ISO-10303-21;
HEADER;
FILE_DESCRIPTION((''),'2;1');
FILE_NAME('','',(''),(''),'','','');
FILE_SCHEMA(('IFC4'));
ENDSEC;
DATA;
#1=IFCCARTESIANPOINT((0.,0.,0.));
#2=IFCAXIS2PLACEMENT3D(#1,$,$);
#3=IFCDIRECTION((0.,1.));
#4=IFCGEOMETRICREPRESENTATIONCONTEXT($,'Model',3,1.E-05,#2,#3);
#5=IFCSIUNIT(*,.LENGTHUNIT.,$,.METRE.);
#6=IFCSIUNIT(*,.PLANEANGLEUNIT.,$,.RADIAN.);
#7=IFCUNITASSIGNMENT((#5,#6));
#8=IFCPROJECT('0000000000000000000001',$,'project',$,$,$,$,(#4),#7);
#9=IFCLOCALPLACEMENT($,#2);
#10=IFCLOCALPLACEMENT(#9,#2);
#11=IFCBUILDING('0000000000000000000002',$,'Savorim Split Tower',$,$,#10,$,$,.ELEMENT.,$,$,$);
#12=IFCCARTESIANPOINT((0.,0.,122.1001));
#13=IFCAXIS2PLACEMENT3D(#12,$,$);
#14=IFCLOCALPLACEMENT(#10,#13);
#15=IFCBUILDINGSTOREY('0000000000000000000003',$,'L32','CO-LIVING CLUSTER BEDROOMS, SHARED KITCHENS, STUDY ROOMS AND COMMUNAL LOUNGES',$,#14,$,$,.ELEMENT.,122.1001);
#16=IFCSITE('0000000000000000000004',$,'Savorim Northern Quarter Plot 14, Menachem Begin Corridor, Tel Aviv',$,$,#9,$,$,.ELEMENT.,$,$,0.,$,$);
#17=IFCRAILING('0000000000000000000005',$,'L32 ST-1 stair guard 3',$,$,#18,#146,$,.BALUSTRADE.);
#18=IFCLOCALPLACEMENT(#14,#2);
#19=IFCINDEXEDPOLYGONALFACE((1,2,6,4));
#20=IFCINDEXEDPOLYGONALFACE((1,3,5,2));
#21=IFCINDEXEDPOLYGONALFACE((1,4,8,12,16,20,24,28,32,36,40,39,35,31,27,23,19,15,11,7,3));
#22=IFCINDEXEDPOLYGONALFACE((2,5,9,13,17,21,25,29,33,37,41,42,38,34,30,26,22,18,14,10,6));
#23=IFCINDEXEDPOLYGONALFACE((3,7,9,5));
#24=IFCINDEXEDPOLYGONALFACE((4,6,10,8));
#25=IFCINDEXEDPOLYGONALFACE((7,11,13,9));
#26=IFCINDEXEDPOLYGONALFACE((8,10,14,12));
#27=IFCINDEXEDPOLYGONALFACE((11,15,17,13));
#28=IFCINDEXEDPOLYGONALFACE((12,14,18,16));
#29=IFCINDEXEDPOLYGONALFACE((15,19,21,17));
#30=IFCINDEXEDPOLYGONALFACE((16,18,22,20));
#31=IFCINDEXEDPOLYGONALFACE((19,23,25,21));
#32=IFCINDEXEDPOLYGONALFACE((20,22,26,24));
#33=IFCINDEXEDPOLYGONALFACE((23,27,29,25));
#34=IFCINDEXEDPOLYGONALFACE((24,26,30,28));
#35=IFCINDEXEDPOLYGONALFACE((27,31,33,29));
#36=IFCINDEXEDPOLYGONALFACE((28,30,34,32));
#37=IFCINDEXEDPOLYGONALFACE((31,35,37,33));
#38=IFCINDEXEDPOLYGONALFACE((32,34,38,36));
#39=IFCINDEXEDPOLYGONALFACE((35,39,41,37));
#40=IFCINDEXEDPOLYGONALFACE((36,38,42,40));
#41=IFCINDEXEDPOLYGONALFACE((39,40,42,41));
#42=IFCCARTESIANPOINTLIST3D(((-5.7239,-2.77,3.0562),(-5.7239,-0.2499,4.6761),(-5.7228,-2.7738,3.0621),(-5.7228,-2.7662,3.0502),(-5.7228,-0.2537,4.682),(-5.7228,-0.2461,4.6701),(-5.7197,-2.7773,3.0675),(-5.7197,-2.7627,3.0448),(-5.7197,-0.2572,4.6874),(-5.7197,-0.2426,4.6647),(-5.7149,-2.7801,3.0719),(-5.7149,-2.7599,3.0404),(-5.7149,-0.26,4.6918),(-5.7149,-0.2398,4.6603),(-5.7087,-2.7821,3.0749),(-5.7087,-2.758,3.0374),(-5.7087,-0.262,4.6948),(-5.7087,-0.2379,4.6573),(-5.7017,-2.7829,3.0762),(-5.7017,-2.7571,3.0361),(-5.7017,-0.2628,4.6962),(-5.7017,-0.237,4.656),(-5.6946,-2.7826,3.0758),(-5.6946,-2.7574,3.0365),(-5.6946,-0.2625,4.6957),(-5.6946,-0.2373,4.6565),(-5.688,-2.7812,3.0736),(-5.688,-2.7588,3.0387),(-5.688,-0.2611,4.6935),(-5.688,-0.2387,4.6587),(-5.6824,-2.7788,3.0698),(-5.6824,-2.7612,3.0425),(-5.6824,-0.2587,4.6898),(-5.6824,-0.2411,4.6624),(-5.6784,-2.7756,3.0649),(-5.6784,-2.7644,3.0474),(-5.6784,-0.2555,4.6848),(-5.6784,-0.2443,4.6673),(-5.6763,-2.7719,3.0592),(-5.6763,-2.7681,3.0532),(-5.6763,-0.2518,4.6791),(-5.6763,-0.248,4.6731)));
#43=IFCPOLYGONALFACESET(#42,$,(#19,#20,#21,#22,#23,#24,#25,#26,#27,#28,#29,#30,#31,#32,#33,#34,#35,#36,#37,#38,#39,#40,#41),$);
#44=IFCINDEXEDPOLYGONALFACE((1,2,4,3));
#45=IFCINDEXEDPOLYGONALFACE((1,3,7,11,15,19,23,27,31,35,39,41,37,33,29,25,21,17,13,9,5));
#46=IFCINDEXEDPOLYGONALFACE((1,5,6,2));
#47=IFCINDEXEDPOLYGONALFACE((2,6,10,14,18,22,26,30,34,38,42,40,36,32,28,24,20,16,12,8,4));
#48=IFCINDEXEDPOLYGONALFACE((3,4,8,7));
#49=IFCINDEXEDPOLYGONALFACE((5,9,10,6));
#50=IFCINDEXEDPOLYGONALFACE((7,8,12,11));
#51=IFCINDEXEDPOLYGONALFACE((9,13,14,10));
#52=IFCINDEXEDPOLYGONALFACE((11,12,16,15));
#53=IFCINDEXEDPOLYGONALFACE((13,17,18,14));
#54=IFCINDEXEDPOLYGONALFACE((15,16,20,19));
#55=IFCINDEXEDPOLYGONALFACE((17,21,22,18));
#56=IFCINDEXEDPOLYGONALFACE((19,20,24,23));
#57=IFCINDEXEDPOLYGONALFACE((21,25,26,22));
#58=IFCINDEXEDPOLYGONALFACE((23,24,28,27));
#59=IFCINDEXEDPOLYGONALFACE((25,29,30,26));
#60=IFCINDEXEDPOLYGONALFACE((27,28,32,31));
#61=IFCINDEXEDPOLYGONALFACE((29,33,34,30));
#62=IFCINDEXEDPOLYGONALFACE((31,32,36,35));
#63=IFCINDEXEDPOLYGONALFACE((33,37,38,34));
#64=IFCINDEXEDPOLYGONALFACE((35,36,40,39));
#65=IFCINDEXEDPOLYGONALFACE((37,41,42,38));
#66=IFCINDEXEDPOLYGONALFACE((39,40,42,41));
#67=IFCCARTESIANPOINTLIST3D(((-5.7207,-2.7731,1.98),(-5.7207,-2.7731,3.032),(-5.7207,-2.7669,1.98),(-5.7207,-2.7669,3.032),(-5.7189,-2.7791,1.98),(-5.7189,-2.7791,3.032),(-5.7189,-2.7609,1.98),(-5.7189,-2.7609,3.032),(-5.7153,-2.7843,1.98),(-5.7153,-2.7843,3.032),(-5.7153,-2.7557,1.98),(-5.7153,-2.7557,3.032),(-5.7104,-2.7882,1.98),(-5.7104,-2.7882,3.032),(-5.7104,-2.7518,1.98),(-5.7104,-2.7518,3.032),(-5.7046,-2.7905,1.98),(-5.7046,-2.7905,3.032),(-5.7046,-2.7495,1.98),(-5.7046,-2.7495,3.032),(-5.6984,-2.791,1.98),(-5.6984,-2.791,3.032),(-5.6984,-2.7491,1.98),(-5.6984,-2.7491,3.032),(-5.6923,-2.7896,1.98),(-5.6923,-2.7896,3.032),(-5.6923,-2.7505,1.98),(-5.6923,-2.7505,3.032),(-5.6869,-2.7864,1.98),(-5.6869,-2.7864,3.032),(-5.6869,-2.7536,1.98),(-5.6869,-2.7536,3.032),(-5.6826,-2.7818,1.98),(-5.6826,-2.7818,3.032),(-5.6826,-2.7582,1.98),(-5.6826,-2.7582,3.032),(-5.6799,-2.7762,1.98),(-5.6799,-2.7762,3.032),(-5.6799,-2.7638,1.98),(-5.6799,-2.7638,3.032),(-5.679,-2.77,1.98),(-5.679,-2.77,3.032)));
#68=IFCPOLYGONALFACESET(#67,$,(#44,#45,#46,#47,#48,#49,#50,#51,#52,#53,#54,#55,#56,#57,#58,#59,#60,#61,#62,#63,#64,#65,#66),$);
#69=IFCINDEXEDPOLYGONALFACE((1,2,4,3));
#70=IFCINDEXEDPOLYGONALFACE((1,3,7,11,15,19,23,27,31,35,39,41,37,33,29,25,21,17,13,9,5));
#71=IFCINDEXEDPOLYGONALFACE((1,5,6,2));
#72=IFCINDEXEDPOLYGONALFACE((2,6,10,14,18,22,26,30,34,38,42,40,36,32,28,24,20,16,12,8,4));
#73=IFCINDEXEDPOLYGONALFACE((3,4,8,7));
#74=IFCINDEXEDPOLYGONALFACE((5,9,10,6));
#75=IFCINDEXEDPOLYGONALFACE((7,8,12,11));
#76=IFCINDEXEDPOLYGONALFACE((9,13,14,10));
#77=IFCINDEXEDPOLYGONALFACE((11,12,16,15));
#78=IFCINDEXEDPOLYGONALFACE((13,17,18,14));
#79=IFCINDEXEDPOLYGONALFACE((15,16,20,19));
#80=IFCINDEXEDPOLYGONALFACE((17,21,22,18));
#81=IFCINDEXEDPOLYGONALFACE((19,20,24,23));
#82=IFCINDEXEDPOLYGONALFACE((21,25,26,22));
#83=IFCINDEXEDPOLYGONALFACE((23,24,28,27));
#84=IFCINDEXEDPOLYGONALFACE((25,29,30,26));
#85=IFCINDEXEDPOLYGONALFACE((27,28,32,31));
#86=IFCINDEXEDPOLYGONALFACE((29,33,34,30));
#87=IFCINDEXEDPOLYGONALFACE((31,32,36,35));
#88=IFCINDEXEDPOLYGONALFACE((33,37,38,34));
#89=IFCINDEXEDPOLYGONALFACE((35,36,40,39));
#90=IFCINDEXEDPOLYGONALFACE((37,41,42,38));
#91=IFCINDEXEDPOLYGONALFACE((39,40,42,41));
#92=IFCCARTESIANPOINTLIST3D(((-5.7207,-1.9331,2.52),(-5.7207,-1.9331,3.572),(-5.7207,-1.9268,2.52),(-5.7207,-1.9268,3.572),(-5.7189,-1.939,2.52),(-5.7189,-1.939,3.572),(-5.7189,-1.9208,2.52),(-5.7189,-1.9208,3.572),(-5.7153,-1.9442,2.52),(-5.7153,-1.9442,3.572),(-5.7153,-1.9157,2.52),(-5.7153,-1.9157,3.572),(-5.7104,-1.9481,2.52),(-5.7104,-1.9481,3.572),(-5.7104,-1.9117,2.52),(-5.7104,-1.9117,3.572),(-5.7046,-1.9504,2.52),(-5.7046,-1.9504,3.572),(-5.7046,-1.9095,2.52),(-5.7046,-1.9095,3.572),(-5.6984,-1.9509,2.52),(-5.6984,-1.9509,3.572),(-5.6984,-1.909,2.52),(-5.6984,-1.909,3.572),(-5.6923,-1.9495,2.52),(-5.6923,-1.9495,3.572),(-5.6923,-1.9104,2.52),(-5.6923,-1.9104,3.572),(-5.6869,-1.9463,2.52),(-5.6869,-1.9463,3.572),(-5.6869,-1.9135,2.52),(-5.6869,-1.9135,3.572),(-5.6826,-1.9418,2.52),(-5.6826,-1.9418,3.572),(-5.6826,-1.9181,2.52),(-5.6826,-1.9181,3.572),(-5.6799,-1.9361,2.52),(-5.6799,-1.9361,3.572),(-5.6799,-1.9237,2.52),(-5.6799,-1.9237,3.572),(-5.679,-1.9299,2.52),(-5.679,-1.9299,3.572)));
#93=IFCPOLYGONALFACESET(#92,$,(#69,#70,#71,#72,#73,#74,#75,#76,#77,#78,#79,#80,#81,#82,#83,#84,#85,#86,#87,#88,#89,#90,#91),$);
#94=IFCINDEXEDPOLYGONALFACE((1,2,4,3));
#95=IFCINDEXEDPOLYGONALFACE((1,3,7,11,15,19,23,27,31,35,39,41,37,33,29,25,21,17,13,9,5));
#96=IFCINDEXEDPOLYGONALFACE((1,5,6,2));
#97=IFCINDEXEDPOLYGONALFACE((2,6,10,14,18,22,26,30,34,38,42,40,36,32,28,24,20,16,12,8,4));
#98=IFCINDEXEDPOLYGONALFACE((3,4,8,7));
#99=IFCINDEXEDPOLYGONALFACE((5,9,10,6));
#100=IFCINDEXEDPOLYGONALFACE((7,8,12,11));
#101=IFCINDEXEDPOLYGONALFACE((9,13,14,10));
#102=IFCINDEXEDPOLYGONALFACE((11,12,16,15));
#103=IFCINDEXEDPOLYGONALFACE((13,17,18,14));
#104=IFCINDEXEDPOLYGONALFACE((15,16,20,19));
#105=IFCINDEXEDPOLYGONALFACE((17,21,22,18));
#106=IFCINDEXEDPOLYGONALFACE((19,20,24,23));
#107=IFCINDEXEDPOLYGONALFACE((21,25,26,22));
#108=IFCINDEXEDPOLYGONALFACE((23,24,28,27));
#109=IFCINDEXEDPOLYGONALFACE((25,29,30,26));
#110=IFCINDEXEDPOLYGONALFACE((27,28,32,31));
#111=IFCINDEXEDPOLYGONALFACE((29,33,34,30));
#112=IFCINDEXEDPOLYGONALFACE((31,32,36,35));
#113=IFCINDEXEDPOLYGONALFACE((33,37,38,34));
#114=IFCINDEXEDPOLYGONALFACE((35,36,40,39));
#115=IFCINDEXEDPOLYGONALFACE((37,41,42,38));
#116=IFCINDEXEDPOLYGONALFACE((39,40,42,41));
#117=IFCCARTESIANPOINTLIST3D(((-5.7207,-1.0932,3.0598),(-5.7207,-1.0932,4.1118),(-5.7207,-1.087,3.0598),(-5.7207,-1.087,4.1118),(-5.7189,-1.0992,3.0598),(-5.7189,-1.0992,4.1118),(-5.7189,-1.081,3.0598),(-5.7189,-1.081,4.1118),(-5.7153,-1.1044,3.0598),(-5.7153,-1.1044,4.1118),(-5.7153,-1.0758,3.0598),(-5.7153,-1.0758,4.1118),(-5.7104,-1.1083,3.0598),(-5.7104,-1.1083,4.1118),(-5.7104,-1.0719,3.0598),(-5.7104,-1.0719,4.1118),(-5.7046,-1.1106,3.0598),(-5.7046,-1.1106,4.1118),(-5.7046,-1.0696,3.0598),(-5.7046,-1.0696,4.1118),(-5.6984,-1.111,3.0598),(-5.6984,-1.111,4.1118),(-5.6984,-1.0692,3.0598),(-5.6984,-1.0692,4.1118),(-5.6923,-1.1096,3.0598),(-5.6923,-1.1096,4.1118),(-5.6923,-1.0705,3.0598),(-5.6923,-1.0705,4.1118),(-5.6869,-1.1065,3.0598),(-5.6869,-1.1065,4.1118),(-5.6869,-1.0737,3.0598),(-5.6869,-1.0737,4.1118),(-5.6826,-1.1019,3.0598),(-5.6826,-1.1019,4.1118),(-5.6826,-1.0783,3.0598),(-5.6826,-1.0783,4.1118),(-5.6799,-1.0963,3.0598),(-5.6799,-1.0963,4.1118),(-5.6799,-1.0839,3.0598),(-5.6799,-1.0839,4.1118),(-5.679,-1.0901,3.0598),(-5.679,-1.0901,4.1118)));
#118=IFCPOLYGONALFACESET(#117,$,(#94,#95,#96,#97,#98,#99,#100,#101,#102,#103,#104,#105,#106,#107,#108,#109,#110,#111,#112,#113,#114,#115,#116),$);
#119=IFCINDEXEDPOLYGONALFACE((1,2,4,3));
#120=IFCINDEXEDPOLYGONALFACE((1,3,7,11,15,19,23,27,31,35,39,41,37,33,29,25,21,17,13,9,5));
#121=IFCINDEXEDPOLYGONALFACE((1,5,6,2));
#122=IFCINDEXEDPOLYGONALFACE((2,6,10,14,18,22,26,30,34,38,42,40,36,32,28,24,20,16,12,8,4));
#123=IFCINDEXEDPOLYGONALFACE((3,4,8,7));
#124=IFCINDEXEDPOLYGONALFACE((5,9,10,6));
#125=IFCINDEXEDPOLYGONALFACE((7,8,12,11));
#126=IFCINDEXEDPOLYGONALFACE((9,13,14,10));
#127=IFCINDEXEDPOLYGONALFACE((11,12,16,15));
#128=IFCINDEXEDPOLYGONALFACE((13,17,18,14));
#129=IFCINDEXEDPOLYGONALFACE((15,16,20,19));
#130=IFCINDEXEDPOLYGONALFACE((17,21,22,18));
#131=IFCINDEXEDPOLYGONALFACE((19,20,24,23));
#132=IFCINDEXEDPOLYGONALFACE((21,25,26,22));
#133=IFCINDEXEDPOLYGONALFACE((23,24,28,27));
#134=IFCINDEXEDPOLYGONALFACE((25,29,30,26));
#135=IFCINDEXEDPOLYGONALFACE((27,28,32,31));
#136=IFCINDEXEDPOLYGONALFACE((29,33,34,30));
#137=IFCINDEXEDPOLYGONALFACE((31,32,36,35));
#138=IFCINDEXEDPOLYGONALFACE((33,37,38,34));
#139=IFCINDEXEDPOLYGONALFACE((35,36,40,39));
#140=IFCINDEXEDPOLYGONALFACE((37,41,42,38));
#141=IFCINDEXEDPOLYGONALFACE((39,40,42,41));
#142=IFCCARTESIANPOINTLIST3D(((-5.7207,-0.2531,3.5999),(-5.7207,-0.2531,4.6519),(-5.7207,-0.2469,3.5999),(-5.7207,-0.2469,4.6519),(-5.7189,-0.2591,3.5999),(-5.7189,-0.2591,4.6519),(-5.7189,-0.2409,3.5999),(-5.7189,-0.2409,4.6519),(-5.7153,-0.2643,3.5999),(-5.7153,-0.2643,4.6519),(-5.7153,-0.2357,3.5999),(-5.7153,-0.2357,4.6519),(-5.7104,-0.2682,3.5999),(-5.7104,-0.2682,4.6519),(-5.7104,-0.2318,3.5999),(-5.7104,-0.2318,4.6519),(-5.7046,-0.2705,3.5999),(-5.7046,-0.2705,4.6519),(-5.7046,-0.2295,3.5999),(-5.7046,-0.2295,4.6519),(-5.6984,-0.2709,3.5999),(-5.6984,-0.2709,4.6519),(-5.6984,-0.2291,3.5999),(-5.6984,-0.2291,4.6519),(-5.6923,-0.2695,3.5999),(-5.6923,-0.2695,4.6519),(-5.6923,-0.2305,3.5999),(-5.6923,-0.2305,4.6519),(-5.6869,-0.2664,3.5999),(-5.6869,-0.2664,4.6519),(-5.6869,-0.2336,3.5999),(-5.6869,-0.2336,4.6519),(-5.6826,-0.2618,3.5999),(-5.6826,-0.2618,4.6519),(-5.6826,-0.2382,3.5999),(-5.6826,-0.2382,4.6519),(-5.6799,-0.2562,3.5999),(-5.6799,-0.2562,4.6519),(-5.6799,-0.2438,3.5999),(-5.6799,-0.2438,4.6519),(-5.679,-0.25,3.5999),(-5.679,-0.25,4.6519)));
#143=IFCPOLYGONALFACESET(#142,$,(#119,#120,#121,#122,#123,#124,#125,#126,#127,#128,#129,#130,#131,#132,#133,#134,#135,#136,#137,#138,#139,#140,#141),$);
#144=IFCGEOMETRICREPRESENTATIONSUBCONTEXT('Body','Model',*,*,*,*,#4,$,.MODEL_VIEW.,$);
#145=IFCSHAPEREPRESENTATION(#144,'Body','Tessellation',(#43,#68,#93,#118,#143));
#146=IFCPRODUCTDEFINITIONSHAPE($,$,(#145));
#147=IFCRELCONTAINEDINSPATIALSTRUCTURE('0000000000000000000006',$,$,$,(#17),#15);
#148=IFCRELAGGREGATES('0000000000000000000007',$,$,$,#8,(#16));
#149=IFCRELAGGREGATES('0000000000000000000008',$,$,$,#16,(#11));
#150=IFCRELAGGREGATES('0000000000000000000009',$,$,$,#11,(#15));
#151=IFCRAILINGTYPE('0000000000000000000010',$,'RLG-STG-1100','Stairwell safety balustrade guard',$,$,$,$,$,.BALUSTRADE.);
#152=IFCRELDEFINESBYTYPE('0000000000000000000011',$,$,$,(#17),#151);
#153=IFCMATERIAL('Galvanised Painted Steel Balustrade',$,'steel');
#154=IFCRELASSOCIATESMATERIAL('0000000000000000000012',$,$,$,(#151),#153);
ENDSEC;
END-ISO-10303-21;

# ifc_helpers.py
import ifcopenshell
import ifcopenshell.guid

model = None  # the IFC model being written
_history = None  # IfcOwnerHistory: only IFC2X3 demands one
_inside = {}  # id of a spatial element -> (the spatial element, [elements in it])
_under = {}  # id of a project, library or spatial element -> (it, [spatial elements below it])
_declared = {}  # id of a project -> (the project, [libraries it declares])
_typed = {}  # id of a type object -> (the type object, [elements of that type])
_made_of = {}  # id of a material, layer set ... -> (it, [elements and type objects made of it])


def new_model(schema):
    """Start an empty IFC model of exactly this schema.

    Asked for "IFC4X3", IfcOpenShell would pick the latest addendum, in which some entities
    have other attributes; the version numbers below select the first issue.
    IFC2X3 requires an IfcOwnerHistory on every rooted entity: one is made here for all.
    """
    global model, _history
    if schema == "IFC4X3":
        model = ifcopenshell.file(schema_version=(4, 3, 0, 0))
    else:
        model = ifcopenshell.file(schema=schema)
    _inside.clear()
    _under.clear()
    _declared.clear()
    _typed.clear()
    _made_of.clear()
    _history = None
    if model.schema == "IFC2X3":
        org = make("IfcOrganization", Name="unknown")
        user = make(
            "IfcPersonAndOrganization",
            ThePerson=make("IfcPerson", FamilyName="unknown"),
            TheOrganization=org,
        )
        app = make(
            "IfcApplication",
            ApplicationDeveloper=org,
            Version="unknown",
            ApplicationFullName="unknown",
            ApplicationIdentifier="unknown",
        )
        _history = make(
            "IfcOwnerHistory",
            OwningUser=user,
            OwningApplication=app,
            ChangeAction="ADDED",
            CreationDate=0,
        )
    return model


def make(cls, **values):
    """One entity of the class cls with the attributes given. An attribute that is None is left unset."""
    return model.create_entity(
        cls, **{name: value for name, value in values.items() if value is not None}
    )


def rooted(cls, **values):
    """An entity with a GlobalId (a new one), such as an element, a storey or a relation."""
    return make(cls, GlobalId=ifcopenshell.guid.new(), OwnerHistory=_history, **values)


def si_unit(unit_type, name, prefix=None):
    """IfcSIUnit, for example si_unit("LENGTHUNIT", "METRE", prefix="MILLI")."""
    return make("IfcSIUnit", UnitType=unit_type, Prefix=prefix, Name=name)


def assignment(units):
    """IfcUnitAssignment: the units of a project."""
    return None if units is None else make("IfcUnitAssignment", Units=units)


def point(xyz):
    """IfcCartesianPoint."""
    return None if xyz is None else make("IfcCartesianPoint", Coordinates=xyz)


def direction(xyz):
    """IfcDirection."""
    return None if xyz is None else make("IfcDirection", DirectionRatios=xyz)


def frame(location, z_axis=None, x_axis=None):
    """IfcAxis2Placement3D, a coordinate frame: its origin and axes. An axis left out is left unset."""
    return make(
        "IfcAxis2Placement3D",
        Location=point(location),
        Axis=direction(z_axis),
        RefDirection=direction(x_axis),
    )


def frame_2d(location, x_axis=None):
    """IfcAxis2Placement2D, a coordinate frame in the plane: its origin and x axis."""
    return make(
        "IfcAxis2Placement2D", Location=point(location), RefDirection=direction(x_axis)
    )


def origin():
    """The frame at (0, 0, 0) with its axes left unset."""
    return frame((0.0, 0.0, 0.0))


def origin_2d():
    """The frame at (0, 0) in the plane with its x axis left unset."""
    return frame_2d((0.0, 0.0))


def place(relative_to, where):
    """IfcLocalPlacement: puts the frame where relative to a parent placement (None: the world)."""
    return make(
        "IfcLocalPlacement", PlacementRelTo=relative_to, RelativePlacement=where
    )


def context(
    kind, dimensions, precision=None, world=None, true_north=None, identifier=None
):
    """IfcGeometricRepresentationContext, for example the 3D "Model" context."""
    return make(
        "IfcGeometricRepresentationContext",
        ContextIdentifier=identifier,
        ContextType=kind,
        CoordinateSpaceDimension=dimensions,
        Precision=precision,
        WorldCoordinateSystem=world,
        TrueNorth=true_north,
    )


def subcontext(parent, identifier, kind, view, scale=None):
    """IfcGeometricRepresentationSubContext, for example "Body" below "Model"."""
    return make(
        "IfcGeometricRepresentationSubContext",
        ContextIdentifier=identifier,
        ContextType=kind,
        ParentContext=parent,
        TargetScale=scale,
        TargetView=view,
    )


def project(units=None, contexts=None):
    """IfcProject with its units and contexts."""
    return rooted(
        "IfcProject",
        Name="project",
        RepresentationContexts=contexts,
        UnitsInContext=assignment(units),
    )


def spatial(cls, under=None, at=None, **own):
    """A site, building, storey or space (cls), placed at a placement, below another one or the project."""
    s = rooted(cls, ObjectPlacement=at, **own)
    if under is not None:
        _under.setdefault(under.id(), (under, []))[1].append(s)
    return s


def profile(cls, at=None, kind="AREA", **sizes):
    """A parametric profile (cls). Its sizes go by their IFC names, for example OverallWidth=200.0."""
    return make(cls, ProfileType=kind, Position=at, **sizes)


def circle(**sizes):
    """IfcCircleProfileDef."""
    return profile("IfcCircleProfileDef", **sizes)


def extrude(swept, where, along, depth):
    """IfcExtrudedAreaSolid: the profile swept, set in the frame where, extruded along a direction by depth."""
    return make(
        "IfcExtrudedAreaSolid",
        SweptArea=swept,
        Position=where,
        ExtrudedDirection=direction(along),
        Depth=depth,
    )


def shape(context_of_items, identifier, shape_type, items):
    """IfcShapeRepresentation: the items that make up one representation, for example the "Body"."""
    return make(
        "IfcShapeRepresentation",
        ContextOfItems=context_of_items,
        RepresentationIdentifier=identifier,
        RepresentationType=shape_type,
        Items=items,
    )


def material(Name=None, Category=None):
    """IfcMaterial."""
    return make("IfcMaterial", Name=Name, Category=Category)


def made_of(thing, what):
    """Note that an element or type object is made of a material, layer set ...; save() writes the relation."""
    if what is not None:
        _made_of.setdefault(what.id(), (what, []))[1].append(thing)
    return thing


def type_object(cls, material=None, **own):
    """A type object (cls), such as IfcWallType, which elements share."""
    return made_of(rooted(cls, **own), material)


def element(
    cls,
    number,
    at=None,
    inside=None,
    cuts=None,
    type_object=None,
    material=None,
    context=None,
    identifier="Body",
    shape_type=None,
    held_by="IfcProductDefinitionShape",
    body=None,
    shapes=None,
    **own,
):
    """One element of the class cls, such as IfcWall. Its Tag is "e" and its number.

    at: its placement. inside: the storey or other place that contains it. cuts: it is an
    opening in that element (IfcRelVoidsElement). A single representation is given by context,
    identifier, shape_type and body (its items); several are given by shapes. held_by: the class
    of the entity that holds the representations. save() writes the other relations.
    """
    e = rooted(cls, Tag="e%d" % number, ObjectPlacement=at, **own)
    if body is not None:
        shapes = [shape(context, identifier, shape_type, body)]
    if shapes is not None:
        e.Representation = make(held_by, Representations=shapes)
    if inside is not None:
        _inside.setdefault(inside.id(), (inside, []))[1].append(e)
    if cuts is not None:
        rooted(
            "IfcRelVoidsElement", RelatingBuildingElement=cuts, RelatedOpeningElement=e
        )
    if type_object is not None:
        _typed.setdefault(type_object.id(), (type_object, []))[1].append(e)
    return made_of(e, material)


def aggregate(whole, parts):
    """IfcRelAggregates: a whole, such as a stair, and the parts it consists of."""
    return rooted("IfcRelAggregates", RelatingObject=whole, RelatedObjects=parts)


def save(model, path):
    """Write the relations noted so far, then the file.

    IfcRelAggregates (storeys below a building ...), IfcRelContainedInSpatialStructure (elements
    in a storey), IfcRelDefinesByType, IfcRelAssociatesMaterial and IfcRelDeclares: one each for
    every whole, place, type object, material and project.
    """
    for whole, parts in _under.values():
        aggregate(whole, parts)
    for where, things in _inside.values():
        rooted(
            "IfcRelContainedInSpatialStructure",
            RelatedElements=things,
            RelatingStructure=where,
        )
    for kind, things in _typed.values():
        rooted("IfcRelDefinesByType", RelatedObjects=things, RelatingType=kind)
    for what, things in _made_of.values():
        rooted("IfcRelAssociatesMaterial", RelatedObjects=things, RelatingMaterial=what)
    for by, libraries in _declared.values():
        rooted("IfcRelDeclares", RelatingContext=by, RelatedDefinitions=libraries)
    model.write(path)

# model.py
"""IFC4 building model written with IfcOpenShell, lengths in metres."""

from ifc_helpers import new_model, si_unit, direction, frame, origin, origin_2d, place, context, subcontext, project, spatial, circle, extrude, material, type_object, element, save


model = new_model("IFC4")

# Units and contexts
model_context = context("Model", 3, precision=1e-05, world=origin(), true_north=direction((0.0, 1.0)))
body_context = subcontext(model_context, "Body", "Model", "MODEL_VIEW")
ifc_project = project(units=[si_unit("LENGTHUNIT", "METRE"), si_unit("PLANEANGLEUNIT", "RADIAN")], contexts=[model_context])

# Site, building, storey
site_placement = place(None, origin())
site = spatial("IfcSite", under=ifc_project, at=site_placement, Name="Savorim Northern Quarter Plot 14, Menachem Begin Corridor, Tel Aviv", CompositionType="ELEMENT", RefElevation=0.0)
building_placement = place(site_placement, origin())
building = spatial("IfcBuilding", under=site, at=building_placement, Name="Savorim Split Tower", CompositionType="ELEMENT")
storey_placement = place(building_placement, frame((0.0, 0.0, 122.1001)))
storey = spatial("IfcBuildingStorey", under=building, at=storey_placement, Name="L32", Description="CO-LIVING CLUSTER BEDROOMS, SHARED KITCHENS, STUDY ROOMS AND COMMUNAL LOUNGES", CompositionType="ELEMENT", Elevation=122.1001)

# Railing
ifc_material_1 = material(Name="Galvanised Painted Steel Balustrade", Category="steel")
railing_type_1 = type_object("IfcRailingType", Name="RLG-STG-1100", Description="Stairwell safety balustrade guard", PredefinedType="BALUSTRADE", material=ifc_material_1)
railing_1_placement = place(storey_placement, frame((-5.7, -2.77, 1.98)))
element("IfcRailing", 1, at=railing_1_placement, inside=storey, type_object=railing_type_1, Name="L32 ST-1 stair guard 3", PredefinedType="BALUSTRADE", context=body_context, shape_type="SweptSolid", body=[
    extrude(circle(Radius=0.0239, at=origin_2d()), frame((0.0, 0.0, 1.0762), z_axis=(0.0, 0.8412, 0.540725), x_axis=(-1.0, 0.0, 0.0)), (0.0, 0.0, 1.0), 2.9958),
    extrude(circle(Radius=0.021, at=origin_2d()), origin(), (0.0, 0.0, 1.0), 1.052),
    extrude(circle(Radius=0.021, at=origin_2d()), frame((0.0, 0.8401, 0.54)), (0.0, 0.0, 1.0), 1.052),
    extrude(circle(Radius=0.021, at=origin_2d()), frame((0.0, 1.6799, 1.0798)), (0.0, 0.0, 1.0), 1.052),
    extrude(circle(Radius=0.021, at=origin_2d()), frame((0.0, 2.52, 1.6199)), (0.0, 0.0, 1.0), 1.052),
])

save(model, "model.ifc")
